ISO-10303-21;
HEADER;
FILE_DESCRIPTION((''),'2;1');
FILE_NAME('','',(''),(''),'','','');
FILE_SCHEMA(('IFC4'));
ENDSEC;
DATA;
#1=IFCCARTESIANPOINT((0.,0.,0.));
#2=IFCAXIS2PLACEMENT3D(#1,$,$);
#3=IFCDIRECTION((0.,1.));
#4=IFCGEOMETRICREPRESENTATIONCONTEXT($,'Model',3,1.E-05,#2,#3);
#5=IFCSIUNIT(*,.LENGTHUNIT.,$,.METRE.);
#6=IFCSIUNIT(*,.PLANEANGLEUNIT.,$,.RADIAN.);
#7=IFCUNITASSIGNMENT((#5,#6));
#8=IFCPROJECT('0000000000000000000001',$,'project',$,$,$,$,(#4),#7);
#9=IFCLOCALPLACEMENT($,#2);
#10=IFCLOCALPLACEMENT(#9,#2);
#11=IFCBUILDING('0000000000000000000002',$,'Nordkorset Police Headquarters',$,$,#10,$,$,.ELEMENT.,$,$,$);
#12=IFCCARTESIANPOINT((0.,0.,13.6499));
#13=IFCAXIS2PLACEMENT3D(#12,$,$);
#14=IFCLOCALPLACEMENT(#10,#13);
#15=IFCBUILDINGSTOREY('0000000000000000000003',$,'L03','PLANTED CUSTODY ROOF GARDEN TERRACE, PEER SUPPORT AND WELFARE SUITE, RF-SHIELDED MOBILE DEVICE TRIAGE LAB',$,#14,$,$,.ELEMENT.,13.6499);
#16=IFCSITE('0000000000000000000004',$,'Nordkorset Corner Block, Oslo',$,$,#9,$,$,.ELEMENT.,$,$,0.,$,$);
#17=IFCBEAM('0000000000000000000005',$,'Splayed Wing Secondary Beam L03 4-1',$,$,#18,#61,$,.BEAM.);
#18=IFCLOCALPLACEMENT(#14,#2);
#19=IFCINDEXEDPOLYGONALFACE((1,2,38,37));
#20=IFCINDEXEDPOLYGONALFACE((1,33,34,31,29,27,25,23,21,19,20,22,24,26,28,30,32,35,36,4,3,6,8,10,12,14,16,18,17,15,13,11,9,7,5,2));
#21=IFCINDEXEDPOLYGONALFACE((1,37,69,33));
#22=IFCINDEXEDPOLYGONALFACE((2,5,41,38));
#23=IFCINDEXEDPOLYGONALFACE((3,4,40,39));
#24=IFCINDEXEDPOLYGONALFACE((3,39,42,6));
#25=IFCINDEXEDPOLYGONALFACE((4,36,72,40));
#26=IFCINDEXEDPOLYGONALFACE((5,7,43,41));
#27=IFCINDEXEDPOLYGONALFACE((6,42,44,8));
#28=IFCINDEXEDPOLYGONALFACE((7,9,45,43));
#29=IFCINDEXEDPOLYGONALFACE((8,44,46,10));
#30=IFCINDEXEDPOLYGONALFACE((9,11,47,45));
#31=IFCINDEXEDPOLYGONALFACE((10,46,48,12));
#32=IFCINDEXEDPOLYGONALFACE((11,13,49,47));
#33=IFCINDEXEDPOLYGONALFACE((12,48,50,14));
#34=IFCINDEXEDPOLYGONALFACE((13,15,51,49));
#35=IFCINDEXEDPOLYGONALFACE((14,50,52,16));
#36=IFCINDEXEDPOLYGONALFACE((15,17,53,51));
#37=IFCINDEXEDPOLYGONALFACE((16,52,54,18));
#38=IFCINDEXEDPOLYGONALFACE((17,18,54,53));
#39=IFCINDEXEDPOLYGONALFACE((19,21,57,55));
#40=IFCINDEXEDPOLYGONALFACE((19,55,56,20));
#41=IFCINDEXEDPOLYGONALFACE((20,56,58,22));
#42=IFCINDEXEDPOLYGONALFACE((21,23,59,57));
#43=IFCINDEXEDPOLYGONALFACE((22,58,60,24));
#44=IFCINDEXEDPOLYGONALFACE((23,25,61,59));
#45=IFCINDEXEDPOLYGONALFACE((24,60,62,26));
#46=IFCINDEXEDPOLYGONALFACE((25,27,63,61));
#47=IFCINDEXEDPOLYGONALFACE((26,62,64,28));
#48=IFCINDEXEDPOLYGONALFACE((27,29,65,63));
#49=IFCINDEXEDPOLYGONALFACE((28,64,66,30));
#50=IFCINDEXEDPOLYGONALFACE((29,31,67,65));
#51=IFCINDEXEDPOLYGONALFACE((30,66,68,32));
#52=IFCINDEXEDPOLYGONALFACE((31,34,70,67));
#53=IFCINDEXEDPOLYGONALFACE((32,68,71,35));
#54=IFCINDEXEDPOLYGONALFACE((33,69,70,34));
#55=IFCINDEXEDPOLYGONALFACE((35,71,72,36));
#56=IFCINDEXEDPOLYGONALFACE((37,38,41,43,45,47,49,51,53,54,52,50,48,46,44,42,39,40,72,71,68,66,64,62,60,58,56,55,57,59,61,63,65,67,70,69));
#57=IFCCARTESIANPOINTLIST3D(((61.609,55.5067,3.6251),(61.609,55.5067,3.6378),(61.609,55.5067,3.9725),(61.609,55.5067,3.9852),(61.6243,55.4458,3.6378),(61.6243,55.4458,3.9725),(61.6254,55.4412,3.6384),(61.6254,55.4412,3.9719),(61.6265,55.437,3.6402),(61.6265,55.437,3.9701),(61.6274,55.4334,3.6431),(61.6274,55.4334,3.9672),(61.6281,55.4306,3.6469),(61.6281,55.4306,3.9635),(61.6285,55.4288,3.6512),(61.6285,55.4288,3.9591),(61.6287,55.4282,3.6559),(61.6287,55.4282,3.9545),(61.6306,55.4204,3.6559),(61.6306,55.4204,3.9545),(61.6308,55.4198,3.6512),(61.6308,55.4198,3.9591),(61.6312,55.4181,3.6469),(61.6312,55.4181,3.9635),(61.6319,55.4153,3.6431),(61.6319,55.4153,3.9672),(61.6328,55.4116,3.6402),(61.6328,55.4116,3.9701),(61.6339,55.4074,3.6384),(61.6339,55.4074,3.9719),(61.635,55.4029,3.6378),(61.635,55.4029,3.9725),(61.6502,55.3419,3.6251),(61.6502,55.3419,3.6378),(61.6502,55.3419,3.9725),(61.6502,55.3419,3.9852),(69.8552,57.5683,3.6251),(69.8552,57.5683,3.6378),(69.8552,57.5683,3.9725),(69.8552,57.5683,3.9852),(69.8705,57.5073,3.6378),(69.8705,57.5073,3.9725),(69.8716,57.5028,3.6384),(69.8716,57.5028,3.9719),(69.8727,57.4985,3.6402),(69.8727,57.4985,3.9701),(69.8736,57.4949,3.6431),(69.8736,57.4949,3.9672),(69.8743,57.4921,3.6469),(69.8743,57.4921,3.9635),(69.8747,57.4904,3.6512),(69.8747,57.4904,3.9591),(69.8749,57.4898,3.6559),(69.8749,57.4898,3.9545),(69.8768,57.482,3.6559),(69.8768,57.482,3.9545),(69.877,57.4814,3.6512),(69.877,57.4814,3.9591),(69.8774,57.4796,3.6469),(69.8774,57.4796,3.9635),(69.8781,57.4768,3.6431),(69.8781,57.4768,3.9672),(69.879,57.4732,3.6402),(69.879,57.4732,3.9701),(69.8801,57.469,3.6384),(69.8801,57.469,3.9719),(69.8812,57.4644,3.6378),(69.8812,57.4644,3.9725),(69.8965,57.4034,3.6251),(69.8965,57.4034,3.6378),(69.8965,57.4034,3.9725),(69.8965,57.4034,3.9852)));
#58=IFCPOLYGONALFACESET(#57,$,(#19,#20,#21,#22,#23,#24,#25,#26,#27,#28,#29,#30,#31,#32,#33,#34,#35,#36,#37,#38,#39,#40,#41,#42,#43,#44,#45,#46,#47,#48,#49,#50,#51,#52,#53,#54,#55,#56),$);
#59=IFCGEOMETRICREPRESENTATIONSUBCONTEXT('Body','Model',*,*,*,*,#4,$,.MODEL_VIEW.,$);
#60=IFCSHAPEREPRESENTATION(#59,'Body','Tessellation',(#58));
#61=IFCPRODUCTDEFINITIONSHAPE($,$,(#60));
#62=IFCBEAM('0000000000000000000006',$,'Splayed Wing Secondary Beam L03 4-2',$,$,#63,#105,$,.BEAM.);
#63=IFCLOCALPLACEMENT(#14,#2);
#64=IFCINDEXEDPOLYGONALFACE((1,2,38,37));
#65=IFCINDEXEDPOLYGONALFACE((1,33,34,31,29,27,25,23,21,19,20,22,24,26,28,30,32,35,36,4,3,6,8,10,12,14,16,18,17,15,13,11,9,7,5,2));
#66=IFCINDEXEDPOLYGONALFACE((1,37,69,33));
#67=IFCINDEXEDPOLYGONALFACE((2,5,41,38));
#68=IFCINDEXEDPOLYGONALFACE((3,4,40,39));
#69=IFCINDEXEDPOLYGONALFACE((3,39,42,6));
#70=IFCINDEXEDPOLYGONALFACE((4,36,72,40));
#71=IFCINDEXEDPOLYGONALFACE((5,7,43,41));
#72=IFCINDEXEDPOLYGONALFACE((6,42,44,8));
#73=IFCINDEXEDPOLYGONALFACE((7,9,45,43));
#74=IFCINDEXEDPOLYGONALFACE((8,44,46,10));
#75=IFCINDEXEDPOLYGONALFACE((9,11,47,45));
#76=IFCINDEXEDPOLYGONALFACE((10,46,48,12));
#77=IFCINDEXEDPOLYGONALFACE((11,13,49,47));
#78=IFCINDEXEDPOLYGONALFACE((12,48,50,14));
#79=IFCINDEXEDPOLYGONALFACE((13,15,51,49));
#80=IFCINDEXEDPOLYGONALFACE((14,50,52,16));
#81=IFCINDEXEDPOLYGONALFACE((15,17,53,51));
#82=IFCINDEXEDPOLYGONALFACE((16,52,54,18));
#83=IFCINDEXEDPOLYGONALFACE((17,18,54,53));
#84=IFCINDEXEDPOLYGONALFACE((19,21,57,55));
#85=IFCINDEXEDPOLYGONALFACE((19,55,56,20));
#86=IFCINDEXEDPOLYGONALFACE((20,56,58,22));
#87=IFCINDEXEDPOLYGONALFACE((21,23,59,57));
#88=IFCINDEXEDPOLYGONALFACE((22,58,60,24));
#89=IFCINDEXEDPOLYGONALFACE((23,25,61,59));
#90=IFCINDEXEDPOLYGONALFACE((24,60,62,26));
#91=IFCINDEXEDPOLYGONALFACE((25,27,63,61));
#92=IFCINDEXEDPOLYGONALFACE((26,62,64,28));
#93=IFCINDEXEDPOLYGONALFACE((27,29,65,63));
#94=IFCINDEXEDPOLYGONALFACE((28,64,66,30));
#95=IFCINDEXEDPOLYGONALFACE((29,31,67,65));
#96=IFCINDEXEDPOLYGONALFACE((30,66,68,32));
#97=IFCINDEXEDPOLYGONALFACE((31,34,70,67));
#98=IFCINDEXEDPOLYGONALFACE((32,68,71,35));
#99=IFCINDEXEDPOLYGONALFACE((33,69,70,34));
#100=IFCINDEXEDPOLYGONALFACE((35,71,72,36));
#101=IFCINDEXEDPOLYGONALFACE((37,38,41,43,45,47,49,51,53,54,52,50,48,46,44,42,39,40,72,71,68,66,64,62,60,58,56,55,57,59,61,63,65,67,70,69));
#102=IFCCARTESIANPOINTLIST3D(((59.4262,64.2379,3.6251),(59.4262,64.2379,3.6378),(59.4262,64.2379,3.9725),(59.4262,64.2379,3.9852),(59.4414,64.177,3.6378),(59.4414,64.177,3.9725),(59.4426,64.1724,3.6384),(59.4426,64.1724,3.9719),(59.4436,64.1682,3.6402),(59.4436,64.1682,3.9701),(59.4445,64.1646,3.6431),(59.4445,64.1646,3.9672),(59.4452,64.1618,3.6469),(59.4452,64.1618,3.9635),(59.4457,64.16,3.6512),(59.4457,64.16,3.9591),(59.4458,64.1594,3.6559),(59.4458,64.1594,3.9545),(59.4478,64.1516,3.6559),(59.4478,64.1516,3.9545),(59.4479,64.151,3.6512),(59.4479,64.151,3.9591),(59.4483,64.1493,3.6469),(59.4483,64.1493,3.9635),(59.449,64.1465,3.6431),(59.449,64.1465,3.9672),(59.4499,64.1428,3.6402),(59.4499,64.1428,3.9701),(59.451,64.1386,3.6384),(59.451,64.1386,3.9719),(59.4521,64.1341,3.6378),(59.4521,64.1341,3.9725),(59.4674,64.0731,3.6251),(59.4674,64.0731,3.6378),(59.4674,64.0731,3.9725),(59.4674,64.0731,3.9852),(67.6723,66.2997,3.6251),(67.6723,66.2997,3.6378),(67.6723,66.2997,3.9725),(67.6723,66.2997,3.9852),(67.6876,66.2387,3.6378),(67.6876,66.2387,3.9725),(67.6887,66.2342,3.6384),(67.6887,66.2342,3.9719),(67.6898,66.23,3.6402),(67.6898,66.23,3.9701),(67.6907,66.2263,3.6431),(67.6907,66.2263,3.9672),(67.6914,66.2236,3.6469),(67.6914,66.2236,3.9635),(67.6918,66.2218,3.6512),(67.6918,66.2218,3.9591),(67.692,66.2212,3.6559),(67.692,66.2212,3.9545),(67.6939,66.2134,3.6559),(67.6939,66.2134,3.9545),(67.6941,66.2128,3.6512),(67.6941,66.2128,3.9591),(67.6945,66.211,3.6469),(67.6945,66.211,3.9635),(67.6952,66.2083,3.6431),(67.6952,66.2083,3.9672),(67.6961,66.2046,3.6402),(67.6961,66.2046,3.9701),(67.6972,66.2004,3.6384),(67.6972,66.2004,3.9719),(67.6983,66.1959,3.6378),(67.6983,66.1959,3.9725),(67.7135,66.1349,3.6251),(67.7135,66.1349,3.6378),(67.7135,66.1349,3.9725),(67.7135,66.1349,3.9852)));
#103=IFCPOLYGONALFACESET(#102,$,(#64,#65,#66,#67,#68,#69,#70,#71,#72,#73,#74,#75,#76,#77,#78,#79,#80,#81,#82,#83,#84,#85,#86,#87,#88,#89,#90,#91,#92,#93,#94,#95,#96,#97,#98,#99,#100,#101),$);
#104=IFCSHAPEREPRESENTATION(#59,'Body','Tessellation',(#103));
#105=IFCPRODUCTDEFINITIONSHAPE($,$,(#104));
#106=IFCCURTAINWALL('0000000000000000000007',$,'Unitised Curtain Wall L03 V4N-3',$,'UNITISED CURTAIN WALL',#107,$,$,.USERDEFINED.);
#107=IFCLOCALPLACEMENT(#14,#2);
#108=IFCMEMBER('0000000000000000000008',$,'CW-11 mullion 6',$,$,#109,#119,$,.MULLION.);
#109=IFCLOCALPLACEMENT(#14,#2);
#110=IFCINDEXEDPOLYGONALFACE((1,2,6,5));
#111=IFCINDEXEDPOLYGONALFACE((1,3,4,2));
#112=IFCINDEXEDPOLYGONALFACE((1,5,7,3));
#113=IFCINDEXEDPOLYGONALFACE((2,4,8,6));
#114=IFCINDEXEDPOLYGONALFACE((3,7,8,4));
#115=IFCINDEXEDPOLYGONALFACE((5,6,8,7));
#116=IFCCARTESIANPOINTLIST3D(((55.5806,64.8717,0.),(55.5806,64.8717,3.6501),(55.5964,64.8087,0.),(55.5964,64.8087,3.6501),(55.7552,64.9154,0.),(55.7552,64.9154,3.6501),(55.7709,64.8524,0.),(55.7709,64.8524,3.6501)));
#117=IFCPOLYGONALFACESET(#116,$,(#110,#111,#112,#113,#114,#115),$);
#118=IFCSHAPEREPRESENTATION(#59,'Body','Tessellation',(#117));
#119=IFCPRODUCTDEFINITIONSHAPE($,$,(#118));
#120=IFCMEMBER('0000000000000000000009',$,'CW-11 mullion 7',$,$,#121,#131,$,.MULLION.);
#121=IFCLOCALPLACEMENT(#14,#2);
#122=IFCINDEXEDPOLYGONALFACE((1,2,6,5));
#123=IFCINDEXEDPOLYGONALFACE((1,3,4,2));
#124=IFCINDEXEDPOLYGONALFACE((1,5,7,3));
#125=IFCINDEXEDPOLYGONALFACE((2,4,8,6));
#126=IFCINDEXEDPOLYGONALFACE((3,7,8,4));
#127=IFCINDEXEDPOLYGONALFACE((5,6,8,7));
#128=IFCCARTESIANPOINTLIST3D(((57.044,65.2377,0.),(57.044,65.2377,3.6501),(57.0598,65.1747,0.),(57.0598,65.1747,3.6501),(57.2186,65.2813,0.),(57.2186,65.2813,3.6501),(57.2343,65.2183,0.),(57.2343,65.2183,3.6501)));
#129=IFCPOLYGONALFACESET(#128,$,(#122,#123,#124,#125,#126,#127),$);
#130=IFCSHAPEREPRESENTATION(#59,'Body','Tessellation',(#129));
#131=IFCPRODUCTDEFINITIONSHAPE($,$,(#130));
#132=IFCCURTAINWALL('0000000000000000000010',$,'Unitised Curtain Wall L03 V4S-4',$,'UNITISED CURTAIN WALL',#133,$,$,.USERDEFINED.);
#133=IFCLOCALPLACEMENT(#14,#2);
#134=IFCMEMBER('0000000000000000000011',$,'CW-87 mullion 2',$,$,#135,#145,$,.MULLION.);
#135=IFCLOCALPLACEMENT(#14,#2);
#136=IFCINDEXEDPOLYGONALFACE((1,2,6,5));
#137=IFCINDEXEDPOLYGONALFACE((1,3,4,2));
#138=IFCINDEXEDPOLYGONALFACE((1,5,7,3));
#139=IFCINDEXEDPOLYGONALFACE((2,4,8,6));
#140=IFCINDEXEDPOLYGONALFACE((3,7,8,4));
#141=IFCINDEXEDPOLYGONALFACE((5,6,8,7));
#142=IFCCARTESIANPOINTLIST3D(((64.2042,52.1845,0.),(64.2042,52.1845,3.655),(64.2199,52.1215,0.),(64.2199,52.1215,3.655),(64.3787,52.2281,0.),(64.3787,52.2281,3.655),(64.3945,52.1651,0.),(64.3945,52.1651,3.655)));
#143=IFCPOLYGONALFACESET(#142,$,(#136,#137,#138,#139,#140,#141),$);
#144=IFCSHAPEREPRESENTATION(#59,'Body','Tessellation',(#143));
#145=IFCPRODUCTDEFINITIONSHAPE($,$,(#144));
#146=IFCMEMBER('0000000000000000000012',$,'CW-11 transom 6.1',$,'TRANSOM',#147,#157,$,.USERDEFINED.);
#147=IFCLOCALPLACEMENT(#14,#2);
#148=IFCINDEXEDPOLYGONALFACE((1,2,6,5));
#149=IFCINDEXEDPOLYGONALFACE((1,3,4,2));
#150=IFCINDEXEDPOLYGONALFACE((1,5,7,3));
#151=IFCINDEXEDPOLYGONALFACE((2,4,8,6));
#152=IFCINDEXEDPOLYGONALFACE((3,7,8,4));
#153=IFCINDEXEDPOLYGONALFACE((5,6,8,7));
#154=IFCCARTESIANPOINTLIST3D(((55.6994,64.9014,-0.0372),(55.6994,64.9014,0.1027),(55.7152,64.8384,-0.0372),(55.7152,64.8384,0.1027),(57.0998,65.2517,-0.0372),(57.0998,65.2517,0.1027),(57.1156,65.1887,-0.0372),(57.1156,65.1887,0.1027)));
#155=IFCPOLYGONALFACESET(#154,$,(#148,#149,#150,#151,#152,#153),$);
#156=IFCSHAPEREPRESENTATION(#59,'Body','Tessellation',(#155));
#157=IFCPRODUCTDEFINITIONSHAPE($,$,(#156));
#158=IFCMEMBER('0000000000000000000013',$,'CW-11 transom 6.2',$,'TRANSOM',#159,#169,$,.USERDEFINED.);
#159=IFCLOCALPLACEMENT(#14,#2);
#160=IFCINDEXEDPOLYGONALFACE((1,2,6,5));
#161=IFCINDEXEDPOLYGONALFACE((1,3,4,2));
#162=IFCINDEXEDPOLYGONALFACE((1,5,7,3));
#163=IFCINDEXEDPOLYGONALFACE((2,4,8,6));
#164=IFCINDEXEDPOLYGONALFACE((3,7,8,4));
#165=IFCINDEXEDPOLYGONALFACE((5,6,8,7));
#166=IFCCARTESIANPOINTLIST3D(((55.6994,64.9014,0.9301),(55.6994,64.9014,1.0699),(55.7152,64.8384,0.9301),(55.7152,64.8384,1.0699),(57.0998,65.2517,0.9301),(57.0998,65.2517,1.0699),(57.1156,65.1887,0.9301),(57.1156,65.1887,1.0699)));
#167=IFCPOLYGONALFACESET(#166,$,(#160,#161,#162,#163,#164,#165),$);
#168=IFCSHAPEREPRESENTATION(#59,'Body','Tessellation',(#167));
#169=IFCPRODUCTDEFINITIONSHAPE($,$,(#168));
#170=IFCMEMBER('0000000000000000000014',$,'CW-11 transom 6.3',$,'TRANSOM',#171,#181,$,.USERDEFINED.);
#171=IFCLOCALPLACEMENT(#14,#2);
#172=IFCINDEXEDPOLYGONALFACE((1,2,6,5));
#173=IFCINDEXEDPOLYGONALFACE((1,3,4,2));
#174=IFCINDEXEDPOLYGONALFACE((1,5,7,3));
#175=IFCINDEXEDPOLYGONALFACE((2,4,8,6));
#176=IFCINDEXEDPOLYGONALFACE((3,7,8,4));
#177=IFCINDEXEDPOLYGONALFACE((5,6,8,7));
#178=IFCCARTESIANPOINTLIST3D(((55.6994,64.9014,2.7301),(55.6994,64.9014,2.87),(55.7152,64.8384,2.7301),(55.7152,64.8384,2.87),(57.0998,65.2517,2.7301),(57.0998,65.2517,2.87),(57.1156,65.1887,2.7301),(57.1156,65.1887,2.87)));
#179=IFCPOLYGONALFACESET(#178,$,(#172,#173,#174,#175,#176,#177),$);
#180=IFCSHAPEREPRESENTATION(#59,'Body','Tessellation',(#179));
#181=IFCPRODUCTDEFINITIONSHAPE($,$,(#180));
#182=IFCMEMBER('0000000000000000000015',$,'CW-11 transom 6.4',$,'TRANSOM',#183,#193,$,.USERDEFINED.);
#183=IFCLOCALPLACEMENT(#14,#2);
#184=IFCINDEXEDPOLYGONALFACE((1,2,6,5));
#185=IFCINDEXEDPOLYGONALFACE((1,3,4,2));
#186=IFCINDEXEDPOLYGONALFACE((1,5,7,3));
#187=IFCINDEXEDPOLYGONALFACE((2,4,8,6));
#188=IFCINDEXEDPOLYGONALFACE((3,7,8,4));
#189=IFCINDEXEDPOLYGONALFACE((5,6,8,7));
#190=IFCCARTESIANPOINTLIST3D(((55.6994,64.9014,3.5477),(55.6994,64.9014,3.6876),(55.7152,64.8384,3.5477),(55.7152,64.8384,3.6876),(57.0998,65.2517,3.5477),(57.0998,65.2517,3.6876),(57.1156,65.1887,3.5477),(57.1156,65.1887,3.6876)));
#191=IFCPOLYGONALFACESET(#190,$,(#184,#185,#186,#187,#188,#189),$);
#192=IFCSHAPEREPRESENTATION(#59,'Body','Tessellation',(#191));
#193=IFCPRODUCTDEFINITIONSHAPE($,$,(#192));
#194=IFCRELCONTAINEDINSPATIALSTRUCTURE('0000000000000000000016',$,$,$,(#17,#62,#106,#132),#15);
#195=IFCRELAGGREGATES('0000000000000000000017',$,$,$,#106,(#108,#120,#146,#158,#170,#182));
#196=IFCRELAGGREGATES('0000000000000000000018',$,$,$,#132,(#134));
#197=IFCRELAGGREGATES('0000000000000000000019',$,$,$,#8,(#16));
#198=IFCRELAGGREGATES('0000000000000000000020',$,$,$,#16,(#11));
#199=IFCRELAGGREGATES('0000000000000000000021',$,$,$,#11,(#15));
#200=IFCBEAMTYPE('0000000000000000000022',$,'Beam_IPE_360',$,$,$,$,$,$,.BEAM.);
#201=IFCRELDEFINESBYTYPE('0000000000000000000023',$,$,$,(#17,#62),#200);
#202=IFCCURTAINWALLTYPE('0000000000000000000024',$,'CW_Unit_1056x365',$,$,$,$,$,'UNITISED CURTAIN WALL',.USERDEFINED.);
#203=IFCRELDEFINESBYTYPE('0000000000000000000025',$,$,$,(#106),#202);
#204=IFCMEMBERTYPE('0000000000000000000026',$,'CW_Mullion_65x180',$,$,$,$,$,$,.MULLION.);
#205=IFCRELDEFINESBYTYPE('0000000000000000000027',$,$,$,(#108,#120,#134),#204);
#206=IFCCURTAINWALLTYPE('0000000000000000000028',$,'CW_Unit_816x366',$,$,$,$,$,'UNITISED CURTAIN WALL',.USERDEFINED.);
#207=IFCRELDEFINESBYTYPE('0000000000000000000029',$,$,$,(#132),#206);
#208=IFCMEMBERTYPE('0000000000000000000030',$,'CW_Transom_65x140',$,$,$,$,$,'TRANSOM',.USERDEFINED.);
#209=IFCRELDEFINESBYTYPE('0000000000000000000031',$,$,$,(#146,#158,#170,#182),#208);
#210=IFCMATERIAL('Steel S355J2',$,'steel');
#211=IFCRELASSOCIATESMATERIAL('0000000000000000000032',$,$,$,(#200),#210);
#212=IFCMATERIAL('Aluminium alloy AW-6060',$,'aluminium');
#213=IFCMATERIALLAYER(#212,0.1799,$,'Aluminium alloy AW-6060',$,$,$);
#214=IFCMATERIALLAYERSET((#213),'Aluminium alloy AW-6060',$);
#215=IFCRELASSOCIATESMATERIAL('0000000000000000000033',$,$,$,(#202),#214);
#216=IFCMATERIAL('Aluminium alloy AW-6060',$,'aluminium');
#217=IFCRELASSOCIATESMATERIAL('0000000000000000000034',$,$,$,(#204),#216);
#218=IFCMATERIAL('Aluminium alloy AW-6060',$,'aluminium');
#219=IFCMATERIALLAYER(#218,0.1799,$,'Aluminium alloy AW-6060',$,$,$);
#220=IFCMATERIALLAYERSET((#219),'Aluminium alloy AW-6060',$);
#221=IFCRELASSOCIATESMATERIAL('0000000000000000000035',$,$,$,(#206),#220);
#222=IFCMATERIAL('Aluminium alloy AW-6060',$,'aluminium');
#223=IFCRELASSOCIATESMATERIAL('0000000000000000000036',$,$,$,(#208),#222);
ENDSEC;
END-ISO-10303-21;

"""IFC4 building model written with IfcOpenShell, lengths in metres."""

from ifc_helpers import new_model, si_unit, direction, frame, origin, origin_2d, place, context, subcontext, project, spatial, rectangle, i_section, extrude, material, layer, layer_set, material_profile, profile_set, type_object, element, aggregate, save


model = new_model("IFC4")

# Units and contexts
model_context = context("Model", 3, precision=1e-05, world=origin(), true_north=direction((0.0, 1.0)))
body_context = subcontext(model_context, "Body", "Model", "MODEL_VIEW")
ifc_project = project(units=[si_unit("LENGTHUNIT", "METRE"), si_unit("PLANEANGLEUNIT", "RADIAN")], contexts=[model_context])

# Site, building, storey
site_placement = place(None, origin())
site = spatial("IfcSite", under=ifc_project, at=site_placement, Name="Nordkorset Corner Block, Oslo", CompositionType="ELEMENT", RefElevation=0.0)
building_placement = place(site_placement, origin())
building = spatial("IfcBuilding", under=site, at=building_placement, Name="Nordkorset Police Headquarters", CompositionType="ELEMENT")
storey_placement = place(building_placement, frame((0.0, 0.0, 13.6499)))
storey = spatial("IfcBuildingStorey", under=building, at=storey_placement, Name="L03", Description="PLANTED CUSTODY ROOF GARDEN TERRACE, PEER SUPPORT AND WELFARE SUITE, RF-SHIELDED MOBILE DEVICE TRIAGE LAB", CompositionType="ELEMENT", Elevation=13.6499)

# Beams
ifc_material_1 = material(Name="Steel S355J2", Category="steel")
ifc_material_profile_1 = material_profile(ifc_material_1, i_section(OverallWidth=0.1699, OverallDepth=0.3601, WebThickness=0.0081, FlangeThickness=0.0127, FilletRadius=0.0181, at=origin_2d()), Name="IPE 360")
ifc_profile_set_1 = profile_set([ifc_material_profile_1], Name="Steel S355J2")
beam_type = type_object("IfcBeamType", Name="Beam_IPE_360", PredefinedType="BEAM", material=ifc_profile_set_1)
for number, where, z_axis, x_axis, name in (
    (1, (61.6296, 55.4243, 3.8052), (0.970143, 0.242536, 0.0), (-0.242536, 0.970143, 0.0), "Splayed Wing Secondary Beam L03 4-1"),
    (2, (59.4468, 64.1555, 3.8052), (0.970136, 0.242563, 0.0), (-0.242563, 0.970136, 0.0), "Splayed Wing Secondary Beam L03 4-2"),
):
    element("IfcBeam", number, at=place(storey_placement, frame(where, z_axis=z_axis, x_axis=x_axis)), inside=storey, type_object=beam_type, Name=name, PredefinedType="BEAM", context=body_context, shape_type="SweptSolid", body=[
        extrude(i_section(OverallWidth=0.1699, OverallDepth=0.3601, WebThickness=0.0081, FlangeThickness=0.0127, FilletRadius=0.0181, at=origin_2d()), origin(), (0.0, 0.0, 1.0), 8.5),
    ])

# Curtain wall, members
ifc_material_2 = material(Name="Aluminium alloy AW-6060", Category="aluminium")
ifc_layer_1 = layer(ifc_material_2, 0.1799, Name="Aluminium alloy AW-6060")
ifc_layer_set_1 = layer_set([ifc_layer_1], Name="Aluminium alloy AW-6060")
curtain_wall_type_1 = type_object("IfcCurtainWallType", Name="CW_Unit_1056x365", ElementType="UNITISED CURTAIN WALL", PredefinedType="USERDEFINED", material=ifc_layer_set_1)
curtain_wall_1_placement = place(storey_placement, origin())
curtain_wall_1 = element("IfcCurtainWall", 3, at=curtain_wall_1_placement, inside=storey, type_object=curtain_wall_type_1, Name="Unitised Curtain Wall L03 V4N-3", ObjectType="UNITISED CURTAIN WALL", PredefinedType="USERDEFINED")
ifc_material_3 = material(Name="Aluminium alloy AW-6060", Category="aluminium")
ifc_material_profile_2 = material_profile(ifc_material_3, rectangle(XDim=0.0649, YDim=0.1799, at=origin_2d()), Name="ALU MULL 65x180")
ifc_profile_set_2 = profile_set([ifc_material_profile_2], Name="Aluminium alloy AW-6060")
member_type_1 = type_object("IfcMemberType", Name="CW_Mullion_65x180", PredefinedType="MULLION", material=ifc_profile_set_2)
member_1_placement = place(storey_placement, frame((55.6758, 64.8621, 0.0), z_axis=(0.0, 0.0, 1.0), x_axis=(-0.242536, 0.970142, 0.0)))
member_1 = element("IfcMember", 4, at=member_1_placement, type_object=member_type_1, Name="CW-11 mullion 6", PredefinedType="MULLION", context=body_context, shape_type="SweptSolid", body=[
    extrude(rectangle(XDim=0.0649, YDim=0.1799, at=origin_2d()), origin(), (0.0, 0.0, 1.0), 3.6501),
])
member_2_placement = place(storey_placement, frame((57.1392, 65.228, 0.0), z_axis=(0.0, 0.0, 1.0), x_axis=(-0.242536, 0.970142, 0.0)))
member_2 = element("IfcMember", 5, at=member_2_placement, type_object=member_type_1, Name="CW-11 mullion 7", PredefinedType="MULLION", context=body_context, shape_type="SweptSolid", body=[
    extrude(rectangle(XDim=0.0649, YDim=0.1799, at=origin_2d()), origin(), (0.0, 0.0, 1.0), 3.6501),
])

# Curtain wall, member
ifc_material_4 = material(Name="Aluminium alloy AW-6060", Category="aluminium")
ifc_layer_2 = layer(ifc_material_4, 0.1799, Name="Aluminium alloy AW-6060")
ifc_layer_set_2 = layer_set([ifc_layer_2], Name="Aluminium alloy AW-6060")
curtain_wall_type_2 = type_object("IfcCurtainWallType", Name="CW_Unit_816x366", ElementType="UNITISED CURTAIN WALL", PredefinedType="USERDEFINED", material=ifc_layer_set_2)
curtain_wall_2_placement = place(storey_placement, origin())
curtain_wall_2 = element("IfcCurtainWall", 6, at=curtain_wall_2_placement, inside=storey, type_object=curtain_wall_type_2, Name="Unitised Curtain Wall L03 V4S-4", ObjectType="UNITISED CURTAIN WALL", PredefinedType="USERDEFINED")
member_3_placement = place(storey_placement, frame((64.2993, 52.1748, 0.0), z_axis=(0.0, 0.0, 1.0), x_axis=(-0.242536, 0.970143, 0.0)))
member_3 = element("IfcMember", 7, at=member_3_placement, type_object=member_type_1, Name="CW-87 mullion 2", PredefinedType="MULLION", context=body_context, shape_type="SweptSolid", body=[
    extrude(rectangle(XDim=0.0649, YDim=0.1799, at=origin_2d()), origin(), (0.0, 0.0, 1.0), 3.655),
])

# Members
ifc_material_5 = material(Name="Aluminium alloy AW-6060", Category="aluminium")
ifc_material_profile_3 = material_profile(ifc_material_5, rectangle(XDim=0.0649, YDim=0.1399, at=origin_2d()), Name="ALU TRAN 65x140")
ifc_profile_set_3 = profile_set([ifc_material_profile_3], Name="Aluminium alloy AW-6060")
member_type_2 = type_object("IfcMemberType", Name="CW_Transom_65x140", ElementType="TRANSOM", PredefinedType="USERDEFINED", material=ifc_profile_set_3)
member_4_placement = place(storey_placement, frame((55.7073, 64.8699, 0.0327), z_axis=(0.970103, 0.242695, 0.0), x_axis=(-0.242695, 0.970103, 0.0)))
member_4 = element("IfcMember", 8, at=member_4_placement, type_object=member_type_2, Name="CW-11 transom 6.1", ObjectType="TRANSOM", PredefinedType="USERDEFINED", context=body_context, shape_type="SweptSolid", body=[
    extrude(rectangle(XDim=0.0649, YDim=0.1399, at=origin_2d()), origin(), (0.0, 0.0, 1.0), 1.4436),
])
member_5_placement = place(storey_placement, frame((55.7073, 64.8699, 1.0), z_axis=(0.970103, 0.242695, 0.0), x_axis=(-0.242695, 0.970103, 0.0)))
member_5 = element("IfcMember", 9, at=member_5_placement, type_object=member_type_2, Name="CW-11 transom 6.2", ObjectType="TRANSOM", PredefinedType="USERDEFINED", context=body_context, shape_type="SweptSolid", body=[
    extrude(rectangle(XDim=0.0649, YDim=0.1399, at=origin_2d()), origin(), (0.0, 0.0, 1.0), 1.4436),
])
member_6_placement = place(storey_placement, frame((55.7073, 64.8699, 2.8), z_axis=(0.970103, 0.242695, 0.0), x_axis=(-0.242695, 0.970103, 0.0)))
member_6 = element("IfcMember", 10, at=member_6_placement, type_object=member_type_2, Name="CW-11 transom 6.3", ObjectType="TRANSOM", PredefinedType="USERDEFINED", context=body_context, shape_type="SweptSolid", body=[
    extrude(rectangle(XDim=0.0649, YDim=0.1399, at=origin_2d()), origin(), (0.0, 0.0, 1.0), 1.4436),
])
member_7_placement = place(storey_placement, frame((55.7073, 64.8699, 3.6177), z_axis=(0.970103, 0.242695, 0.0), x_axis=(-0.242695, 0.970103, 0.0)))
member_7 = element("IfcMember", 11, at=member_7_placement, type_object=member_type_2, Name="CW-11 transom 6.4", ObjectType="TRANSOM", PredefinedType="USERDEFINED", context=body_context, shape_type="SweptSolid", body=[
    extrude(rectangle(XDim=0.0649, YDim=0.1399, at=origin_2d()), origin(), (0.0, 0.0, 1.0), 1.4436),
])

aggregate(curtain_wall_1, [member_1, member_2, member_4, member_5, member_6, member_7])
aggregate(curtain_wall_2, [member_3])

save(model, "model.ifc")
